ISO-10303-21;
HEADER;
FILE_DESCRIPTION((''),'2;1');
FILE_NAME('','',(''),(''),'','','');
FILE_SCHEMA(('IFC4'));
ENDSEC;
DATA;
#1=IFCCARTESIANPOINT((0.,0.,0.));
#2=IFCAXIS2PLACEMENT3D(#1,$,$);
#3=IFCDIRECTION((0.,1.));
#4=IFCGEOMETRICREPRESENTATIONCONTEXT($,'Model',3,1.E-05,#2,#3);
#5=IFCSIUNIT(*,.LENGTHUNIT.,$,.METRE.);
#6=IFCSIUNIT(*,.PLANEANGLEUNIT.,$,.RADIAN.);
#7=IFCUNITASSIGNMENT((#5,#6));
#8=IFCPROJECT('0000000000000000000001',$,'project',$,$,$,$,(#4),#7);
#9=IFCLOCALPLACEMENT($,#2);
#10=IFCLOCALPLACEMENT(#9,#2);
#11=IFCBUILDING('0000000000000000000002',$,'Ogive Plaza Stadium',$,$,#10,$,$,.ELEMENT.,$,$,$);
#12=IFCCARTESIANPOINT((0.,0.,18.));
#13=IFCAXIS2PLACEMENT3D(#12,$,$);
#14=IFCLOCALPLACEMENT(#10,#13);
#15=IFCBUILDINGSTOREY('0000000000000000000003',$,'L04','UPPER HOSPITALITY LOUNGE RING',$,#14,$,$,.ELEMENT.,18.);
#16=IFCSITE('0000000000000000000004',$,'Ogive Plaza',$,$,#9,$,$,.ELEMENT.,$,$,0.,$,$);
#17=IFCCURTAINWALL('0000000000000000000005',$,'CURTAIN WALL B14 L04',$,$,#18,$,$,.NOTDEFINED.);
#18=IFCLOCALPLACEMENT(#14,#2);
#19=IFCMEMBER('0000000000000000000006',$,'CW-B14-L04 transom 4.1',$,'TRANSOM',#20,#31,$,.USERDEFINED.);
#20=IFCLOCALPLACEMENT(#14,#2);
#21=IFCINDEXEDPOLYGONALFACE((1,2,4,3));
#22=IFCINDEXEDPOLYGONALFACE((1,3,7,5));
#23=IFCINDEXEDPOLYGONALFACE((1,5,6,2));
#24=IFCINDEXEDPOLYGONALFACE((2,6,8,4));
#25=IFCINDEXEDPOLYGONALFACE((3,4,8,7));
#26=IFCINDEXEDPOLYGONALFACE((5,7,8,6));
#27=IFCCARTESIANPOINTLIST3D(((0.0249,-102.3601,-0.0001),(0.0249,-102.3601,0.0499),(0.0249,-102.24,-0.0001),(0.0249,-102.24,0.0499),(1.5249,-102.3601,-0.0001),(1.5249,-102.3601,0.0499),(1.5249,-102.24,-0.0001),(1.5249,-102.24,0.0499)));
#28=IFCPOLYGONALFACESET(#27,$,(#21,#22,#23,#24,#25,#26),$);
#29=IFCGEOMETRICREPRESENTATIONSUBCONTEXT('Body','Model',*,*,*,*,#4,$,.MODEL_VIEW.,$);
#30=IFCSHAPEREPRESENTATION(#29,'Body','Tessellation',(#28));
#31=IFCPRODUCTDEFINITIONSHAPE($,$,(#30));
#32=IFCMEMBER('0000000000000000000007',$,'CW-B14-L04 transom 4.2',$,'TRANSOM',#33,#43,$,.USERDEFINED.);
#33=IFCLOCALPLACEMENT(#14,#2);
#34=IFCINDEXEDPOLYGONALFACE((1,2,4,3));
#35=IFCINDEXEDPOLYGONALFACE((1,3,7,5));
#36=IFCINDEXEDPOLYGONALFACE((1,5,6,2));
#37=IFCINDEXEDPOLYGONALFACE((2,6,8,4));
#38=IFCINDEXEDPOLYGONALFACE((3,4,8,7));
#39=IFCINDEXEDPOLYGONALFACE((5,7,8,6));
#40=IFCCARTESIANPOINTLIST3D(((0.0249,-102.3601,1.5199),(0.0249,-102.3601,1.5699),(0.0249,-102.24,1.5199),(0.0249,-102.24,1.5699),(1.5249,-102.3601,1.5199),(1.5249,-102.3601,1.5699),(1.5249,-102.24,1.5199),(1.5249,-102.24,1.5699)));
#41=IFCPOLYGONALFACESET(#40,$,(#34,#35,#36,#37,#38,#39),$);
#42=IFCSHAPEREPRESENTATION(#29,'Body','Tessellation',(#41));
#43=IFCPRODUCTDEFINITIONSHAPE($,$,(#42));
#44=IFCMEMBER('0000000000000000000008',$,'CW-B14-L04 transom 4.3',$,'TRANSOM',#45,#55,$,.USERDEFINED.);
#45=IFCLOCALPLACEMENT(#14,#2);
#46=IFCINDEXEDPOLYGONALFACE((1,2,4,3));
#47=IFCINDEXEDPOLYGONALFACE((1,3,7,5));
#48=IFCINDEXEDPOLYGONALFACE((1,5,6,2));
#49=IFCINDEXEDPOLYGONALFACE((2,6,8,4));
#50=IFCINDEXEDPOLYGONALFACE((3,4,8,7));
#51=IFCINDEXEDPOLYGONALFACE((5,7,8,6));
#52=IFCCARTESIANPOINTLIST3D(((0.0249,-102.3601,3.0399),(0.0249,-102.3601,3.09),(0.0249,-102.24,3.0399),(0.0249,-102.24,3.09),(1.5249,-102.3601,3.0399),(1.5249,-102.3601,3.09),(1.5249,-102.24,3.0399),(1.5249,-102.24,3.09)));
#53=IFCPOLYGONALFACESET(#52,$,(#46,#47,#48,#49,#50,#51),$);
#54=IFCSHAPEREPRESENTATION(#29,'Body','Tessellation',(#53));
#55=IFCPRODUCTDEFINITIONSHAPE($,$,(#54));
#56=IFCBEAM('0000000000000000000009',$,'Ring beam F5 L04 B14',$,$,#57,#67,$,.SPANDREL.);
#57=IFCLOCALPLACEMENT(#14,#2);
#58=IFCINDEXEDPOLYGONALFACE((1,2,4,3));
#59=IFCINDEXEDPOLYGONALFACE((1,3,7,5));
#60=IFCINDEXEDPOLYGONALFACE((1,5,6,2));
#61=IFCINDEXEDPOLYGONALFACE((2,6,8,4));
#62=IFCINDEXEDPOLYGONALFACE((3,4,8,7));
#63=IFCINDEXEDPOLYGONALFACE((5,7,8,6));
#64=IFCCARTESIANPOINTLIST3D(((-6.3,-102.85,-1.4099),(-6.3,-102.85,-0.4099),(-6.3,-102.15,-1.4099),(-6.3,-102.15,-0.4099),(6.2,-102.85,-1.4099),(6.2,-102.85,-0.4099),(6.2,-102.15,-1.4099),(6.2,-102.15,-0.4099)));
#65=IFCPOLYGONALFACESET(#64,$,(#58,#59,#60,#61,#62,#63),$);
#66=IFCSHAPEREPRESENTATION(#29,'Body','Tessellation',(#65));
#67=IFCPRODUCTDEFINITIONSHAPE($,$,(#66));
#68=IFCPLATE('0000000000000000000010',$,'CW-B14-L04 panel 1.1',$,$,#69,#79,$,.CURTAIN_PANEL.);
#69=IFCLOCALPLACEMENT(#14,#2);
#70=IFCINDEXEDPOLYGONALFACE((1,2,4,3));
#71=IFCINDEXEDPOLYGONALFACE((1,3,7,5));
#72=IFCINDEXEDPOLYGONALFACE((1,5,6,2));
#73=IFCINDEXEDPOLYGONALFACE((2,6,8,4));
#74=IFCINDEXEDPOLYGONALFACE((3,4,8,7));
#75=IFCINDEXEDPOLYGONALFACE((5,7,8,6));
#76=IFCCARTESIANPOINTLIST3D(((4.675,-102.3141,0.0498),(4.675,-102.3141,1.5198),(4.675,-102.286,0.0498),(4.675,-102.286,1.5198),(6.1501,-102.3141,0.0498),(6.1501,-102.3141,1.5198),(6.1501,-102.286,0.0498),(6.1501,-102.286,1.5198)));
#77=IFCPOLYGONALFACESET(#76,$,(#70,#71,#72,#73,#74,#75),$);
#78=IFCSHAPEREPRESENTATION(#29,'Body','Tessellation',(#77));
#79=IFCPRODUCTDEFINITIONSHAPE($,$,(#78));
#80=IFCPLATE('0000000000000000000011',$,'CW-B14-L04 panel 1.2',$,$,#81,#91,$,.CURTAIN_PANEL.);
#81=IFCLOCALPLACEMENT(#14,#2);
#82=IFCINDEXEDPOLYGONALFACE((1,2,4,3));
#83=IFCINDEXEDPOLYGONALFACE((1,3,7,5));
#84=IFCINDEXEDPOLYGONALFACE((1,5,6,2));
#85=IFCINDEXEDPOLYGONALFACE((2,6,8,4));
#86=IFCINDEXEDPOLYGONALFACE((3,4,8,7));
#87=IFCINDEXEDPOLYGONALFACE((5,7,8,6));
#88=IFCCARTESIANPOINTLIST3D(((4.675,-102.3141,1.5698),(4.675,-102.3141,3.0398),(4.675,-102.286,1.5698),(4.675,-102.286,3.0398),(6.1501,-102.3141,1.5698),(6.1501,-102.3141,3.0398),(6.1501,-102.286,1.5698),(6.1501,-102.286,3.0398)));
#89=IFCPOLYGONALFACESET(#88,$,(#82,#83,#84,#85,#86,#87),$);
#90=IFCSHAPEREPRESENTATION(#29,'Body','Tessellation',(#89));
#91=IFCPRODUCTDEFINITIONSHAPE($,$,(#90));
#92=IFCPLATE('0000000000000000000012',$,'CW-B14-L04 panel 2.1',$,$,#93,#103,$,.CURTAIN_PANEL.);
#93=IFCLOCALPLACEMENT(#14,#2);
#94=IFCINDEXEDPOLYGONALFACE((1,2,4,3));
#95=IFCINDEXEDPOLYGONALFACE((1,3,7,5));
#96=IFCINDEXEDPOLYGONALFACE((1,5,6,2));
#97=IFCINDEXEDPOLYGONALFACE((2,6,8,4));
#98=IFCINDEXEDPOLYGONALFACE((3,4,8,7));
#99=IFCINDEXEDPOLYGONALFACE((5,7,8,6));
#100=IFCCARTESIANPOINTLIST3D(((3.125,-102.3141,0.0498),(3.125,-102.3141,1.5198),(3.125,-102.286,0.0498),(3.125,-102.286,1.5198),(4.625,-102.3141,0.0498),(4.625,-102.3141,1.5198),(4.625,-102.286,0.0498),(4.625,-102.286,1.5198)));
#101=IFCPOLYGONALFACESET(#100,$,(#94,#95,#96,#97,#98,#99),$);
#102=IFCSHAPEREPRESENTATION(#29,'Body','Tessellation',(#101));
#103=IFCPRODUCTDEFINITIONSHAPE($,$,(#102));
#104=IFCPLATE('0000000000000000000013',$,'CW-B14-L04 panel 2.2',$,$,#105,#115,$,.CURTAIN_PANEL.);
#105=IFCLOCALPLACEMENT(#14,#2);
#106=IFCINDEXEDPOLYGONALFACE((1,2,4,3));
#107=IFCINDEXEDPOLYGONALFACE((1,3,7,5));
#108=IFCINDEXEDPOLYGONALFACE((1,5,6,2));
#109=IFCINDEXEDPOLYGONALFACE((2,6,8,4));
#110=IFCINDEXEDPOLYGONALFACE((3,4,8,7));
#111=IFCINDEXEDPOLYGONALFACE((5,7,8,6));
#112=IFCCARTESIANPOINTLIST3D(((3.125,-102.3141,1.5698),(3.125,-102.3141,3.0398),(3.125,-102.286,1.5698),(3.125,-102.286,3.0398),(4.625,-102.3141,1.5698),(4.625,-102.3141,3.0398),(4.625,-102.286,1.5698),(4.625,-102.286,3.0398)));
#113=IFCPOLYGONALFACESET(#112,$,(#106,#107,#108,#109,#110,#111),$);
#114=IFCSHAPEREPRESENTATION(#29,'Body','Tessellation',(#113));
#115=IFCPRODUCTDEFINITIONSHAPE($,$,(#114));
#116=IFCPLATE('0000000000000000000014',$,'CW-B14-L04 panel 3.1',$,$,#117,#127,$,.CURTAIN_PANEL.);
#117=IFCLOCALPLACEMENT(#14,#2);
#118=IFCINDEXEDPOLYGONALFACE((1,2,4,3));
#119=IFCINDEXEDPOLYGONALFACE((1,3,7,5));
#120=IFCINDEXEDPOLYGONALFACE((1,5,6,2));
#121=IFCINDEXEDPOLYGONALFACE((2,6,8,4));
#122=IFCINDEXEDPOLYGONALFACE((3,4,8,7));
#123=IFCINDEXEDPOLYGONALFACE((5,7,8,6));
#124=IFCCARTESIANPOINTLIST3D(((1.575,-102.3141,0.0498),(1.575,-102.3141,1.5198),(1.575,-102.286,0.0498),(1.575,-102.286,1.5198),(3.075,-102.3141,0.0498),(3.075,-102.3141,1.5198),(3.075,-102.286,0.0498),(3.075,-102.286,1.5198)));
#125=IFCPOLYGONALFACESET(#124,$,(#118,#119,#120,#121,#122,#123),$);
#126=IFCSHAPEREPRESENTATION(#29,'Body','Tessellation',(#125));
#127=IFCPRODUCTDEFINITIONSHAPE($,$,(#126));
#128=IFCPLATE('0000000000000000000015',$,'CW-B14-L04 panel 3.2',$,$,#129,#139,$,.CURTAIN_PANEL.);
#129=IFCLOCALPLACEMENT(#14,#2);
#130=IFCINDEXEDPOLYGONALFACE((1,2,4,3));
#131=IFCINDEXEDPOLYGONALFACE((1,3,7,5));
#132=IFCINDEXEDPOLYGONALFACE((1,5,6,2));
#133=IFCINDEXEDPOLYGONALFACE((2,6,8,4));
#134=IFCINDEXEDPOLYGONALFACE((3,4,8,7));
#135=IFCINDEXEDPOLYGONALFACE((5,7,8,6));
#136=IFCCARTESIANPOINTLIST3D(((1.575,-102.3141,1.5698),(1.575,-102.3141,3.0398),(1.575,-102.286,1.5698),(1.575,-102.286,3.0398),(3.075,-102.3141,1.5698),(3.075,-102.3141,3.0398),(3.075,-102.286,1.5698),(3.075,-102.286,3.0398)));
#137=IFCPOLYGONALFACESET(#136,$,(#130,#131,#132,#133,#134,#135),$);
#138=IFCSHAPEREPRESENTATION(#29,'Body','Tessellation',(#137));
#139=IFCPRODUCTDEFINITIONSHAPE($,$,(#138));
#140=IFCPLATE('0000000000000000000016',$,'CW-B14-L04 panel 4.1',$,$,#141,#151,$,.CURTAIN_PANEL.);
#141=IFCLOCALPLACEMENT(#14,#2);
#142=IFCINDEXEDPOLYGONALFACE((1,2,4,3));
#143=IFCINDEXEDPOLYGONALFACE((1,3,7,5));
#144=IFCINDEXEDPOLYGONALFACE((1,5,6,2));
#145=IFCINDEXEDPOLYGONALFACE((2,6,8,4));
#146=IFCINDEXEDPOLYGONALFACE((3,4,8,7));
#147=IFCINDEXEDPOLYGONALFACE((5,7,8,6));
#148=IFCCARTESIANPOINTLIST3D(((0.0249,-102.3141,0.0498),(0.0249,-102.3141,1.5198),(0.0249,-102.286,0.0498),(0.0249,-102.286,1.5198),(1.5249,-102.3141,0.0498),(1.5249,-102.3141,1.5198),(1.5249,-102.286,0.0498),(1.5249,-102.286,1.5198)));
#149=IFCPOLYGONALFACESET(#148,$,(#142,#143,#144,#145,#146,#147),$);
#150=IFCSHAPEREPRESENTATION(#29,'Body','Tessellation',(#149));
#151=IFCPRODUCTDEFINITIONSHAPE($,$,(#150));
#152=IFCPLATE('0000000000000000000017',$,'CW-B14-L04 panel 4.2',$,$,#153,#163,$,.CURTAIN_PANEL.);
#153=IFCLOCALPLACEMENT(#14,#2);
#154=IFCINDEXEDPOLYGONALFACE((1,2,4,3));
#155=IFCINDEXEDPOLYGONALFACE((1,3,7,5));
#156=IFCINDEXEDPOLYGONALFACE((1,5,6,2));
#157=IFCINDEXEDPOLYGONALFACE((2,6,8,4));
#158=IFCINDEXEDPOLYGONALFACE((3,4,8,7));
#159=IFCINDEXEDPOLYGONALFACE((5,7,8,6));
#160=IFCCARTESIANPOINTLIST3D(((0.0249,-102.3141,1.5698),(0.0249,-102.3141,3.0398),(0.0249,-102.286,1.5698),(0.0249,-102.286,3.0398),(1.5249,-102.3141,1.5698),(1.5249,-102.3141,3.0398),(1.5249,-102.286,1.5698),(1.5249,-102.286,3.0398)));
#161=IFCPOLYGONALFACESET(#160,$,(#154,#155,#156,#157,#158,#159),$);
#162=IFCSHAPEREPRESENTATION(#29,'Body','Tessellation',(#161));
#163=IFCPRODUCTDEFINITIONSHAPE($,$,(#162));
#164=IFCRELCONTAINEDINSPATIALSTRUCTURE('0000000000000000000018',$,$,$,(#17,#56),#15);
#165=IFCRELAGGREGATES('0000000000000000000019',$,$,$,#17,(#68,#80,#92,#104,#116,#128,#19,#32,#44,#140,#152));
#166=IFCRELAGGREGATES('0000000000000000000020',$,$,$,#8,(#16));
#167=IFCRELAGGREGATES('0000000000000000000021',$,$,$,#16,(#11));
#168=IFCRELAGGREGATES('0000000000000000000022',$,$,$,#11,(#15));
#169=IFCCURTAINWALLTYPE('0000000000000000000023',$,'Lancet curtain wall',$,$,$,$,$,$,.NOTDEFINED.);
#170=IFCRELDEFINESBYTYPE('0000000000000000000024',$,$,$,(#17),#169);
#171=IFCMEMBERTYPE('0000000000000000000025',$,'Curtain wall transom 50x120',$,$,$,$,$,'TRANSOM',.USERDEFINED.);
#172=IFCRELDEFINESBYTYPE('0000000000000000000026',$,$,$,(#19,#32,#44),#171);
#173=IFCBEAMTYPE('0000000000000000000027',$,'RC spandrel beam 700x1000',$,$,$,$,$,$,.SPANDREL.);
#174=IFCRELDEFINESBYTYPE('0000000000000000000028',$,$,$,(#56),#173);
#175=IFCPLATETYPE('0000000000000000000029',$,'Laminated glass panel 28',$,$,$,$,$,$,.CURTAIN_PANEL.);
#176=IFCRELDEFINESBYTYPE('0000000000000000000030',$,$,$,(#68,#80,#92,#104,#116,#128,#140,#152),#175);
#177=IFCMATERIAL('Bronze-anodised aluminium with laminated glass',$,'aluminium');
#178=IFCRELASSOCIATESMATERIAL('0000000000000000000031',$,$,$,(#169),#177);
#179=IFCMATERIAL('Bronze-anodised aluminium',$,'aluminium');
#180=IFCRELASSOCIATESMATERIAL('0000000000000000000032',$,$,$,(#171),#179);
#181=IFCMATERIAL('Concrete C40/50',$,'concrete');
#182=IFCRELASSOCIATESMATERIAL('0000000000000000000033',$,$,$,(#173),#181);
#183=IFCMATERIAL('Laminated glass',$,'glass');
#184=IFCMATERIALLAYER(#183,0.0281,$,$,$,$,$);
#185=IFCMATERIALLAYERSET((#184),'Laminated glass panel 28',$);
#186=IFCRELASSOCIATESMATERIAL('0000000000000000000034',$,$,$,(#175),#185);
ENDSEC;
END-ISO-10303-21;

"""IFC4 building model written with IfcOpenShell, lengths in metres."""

from ifc_helpers import new_model, si_unit, direction, frame, origin, origin_2d, place, context, subcontext, project, spatial, rectangle, extrude, material, layer, layer_set, material_profile, profile_set, type_object, element, aggregate, save


model = new_model("IFC4")

# Units and contexts
model_context = context("Model", 3, precision=1e-05, world=origin(), true_north=direction((0.0, 1.0)))
body_context = subcontext(model_context, "Body", "Model", "MODEL_VIEW")
ifc_project = project(units=[si_unit("LENGTHUNIT", "METRE"), si_unit("PLANEANGLEUNIT", "RADIAN")], contexts=[model_context])

# Site, building, storey
site_placement = place(None, origin())
site = spatial("IfcSite", under=ifc_project, at=site_placement, Name="Ogive Plaza", CompositionType="ELEMENT", RefElevation=0.0)
building_placement = place(site_placement, origin())
building = spatial("IfcBuilding", under=site, at=building_placement, Name="Ogive Plaza Stadium", CompositionType="ELEMENT")
storey_placement = place(building_placement, frame((0.0, 0.0, 18.0)))
storey = spatial("IfcBuildingStorey", under=building, at=storey_placement, Name="L04", Description="UPPER HOSPITALITY LOUNGE RING", CompositionType="ELEMENT", Elevation=18.0)

# Curtain wall, members
ifc_material_1 = material(Name="Bronze-anodised aluminium with laminated glass", Category="aluminium")
curtain_wall_type = type_object("IfcCurtainWallType", Name="Lancet curtain wall", PredefinedType="NOTDEFINED", material=ifc_material_1)
curtain_wall_placement = place(storey_placement, origin())
curtain_wall = element("IfcCurtainWall", 1, at=curtain_wall_placement, inside=storey, type_object=curtain_wall_type, Name="CURTAIN WALL B14 L04", PredefinedType="NOTDEFINED")
ifc_material_2 = material(Name="Bronze-anodised aluminium", Category="aluminium")
ifc_material_profile_1 = material_profile(ifc_material_2, rectangle(XDim=0.1201, YDim=0.05, at=origin_2d()), Name="AL 120x50")
ifc_profile_set_1 = profile_set([ifc_material_profile_1], Name="Bronze-anodised aluminium")
member_type_1 = type_object("IfcMemberType", Name="Curtain wall transom 50x120", ElementType="TRANSOM", PredefinedType="USERDEFINED", material=ifc_profile_set_1)
member_1_placement = place(storey_placement, frame((1.5249, -102.3, 0.0249), z_axis=(-1.0, 0.0, 0.0), x_axis=(0.0, -1.0, 0.0)))
member_1 = element("IfcMember", 2, at=member_1_placement, type_object=member_type_1, Name="CW-B14-L04 transom 4.1", ObjectType="TRANSOM", PredefinedType="USERDEFINED", context=body_context, shape_type="SweptSolid", body=[
    extrude(rectangle(XDim=0.1201, YDim=0.05, at=origin_2d()), origin(), (0.0, 0.0, 1.0), 1.5),
])
member_2_placement = place(storey_placement, frame((1.5249, -102.3, 1.5449), z_axis=(-1.0, 0.0, 0.0), x_axis=(0.0, -1.0, 0.0)))
member_2 = element("IfcMember", 3, at=member_2_placement, type_object=member_type_1, Name="CW-B14-L04 transom 4.2", ObjectType="TRANSOM", PredefinedType="USERDEFINED", context=body_context, shape_type="SweptSolid", body=[
    extrude(rectangle(XDim=0.1201, YDim=0.05, at=origin_2d()), origin(), (0.0, 0.0, 1.0), 1.5),
])
member_3_placement = place(storey_placement, frame((1.5249, -102.3, 3.0649), z_axis=(-1.0, 0.0, 0.0), x_axis=(0.0, -1.0, 0.0)))
member_3 = element("IfcMember", 4, at=member_3_placement, type_object=member_type_1, Name="CW-B14-L04 transom 4.3", ObjectType="TRANSOM", PredefinedType="USERDEFINED", context=body_context, shape_type="SweptSolid", body=[
    extrude(rectangle(XDim=0.1201, YDim=0.05, at=origin_2d()), origin(), (0.0, 0.0, 1.0), 1.5),
])

# Beam
ifc_material_3 = material(Name="Concrete C40/50", Category="concrete")
ifc_material_profile_2 = material_profile(ifc_material_3, rectangle(XDim=0.7, YDim=1.0, at=origin_2d()), Name="RC 700x1000")
ifc_profile_set_2 = profile_set([ifc_material_profile_2], Name="Concrete C40/50")
beam_type = type_object("IfcBeamType", Name="RC spandrel beam 700x1000", PredefinedType="SPANDREL", material=ifc_profile_set_2)
beam_placement = place(storey_placement, frame((6.2, -102.5, -0.9099), z_axis=(-1.0, 0.0, 0.0), x_axis=(0.0, -1.0, 0.0)))
element("IfcBeam", 5, at=beam_placement, inside=storey, type_object=beam_type, Name="Ring beam F5 L04 B14", PredefinedType="SPANDREL", context=body_context, shape_type="SweptSolid", body=[
    extrude(rectangle(XDim=0.7, YDim=1.0, at=origin_2d()), origin(), (0.0, 0.0, 1.0), 12.5),
])

# Plates
ifc_material_4 = material(Name="Laminated glass", Category="glass")
ifc_layer = layer(ifc_material_4, 0.0281)
ifc_layer_set = layer_set([ifc_layer], Name="Laminated glass panel 28")
plate_type = type_object("IfcPlateType", Name="Laminated glass panel 28", PredefinedType="CURTAIN_PANEL", material=ifc_layer_set)
plate_1_placement = place(storey_placement, frame((5.4126, -102.3, 0.0498), z_axis=(0.0, 0.0, 1.0), x_axis=(-1.0, 0.0, 0.0)))
plate_1 = element("IfcPlate", 6, at=plate_1_placement, type_object=plate_type, Name="CW-B14-L04 panel 1.1", PredefinedType="CURTAIN_PANEL", context=body_context, shape_type="SweptSolid", body=[
    extrude(rectangle(XDim=1.4751, YDim=0.0281, at=origin_2d()), origin(), (0.0, 0.0, 1.0), 1.47),
])
plate_2_placement = place(storey_placement, frame((5.4126, -102.3, 1.5698), z_axis=(0.0, 0.0, 1.0), x_axis=(-1.0, 0.0, 0.0)))
plate_2 = element("IfcPlate", 7, at=plate_2_placement, type_object=plate_type, Name="CW-B14-L04 panel 1.2", PredefinedType="CURTAIN_PANEL", context=body_context, shape_type="SweptSolid", body=[
    extrude(rectangle(XDim=1.4751, YDim=0.0281, at=origin_2d()), origin(), (0.0, 0.0, 1.0), 1.47),
])
plate_3_placement = place(storey_placement, frame((3.875, -102.3, 0.0498), z_axis=(0.0, 0.0, 1.0), x_axis=(-1.0, 0.0, 0.0)))
plate_3 = element("IfcPlate", 8, at=plate_3_placement, type_object=plate_type, Name="CW-B14-L04 panel 2.1", PredefinedType="CURTAIN_PANEL", context=body_context, shape_type="SweptSolid", body=[
    extrude(rectangle(XDim=1.5, YDim=0.0281, at=origin_2d()), origin(), (0.0, 0.0, 1.0), 1.47),
])
plate_4_placement = place(storey_placement, frame((3.875, -102.3, 1.5698), z_axis=(0.0, 0.0, 1.0), x_axis=(-1.0, 0.0, 0.0)))
plate_4 = element("IfcPlate", 9, at=plate_4_placement, type_object=plate_type, Name="CW-B14-L04 panel 2.2", PredefinedType="CURTAIN_PANEL", context=body_context, shape_type="SweptSolid", body=[
    extrude(rectangle(XDim=1.5, YDim=0.0281, at=origin_2d()), origin(), (0.0, 0.0, 1.0), 1.47),
])
plate_5_placement = place(storey_placement, frame((2.325, -102.3, 0.0498), z_axis=(0.0, 0.0, 1.0), x_axis=(-1.0, 0.0, 0.0)))
plate_5 = element("IfcPlate", 10, at=plate_5_placement, type_object=plate_type, Name="CW-B14-L04 panel 3.1", PredefinedType="CURTAIN_PANEL", context=body_context, shape_type="SweptSolid", body=[
    extrude(rectangle(XDim=1.5, YDim=0.0281, at=origin_2d()), origin(), (0.0, 0.0, 1.0), 1.47),
])
plate_6_placement = place(storey_placement, frame((2.325, -102.3, 1.5698), z_axis=(0.0, 0.0, 1.0), x_axis=(-1.0, 0.0, 0.0)))
plate_6 = element("IfcPlate", 11, at=plate_6_placement, type_object=plate_type, Name="CW-B14-L04 panel 3.2", PredefinedType="CURTAIN_PANEL", context=body_context, shape_type="SweptSolid", body=[
    extrude(rectangle(XDim=1.5, YDim=0.0281, at=origin_2d()), origin(), (0.0, 0.0, 1.0), 1.47),
])
plate_7_placement = place(storey_placement, frame((0.7749, -102.3, 0.0498), z_axis=(0.0, 0.0, 1.0), x_axis=(-1.0, 0.0, 0.0)))
plate_7 = element("IfcPlate", 12, at=plate_7_placement, type_object=plate_type, Name="CW-B14-L04 panel 4.1", PredefinedType="CURTAIN_PANEL", context=body_context, shape_type="SweptSolid", body=[
    extrude(rectangle(XDim=1.5, YDim=0.0281, at=origin_2d()), origin(), (0.0, 0.0, 1.0), 1.47),
])
plate_8_placement = place(storey_placement, frame((0.7749, -102.3, 1.5698), z_axis=(0.0, 0.0, 1.0), x_axis=(-1.0, 0.0, 0.0)))
plate_8 = element("IfcPlate", 13, at=plate_8_placement, type_object=plate_type, Name="CW-B14-L04 panel 4.2", PredefinedType="CURTAIN_PANEL", context=body_context, shape_type="SweptSolid", body=[
    extrude(rectangle(XDim=1.5, YDim=0.0281, at=origin_2d()), origin(), (0.0, 0.0, 1.0), 1.47),
])
aggregate(curtain_wall, [plate_1, plate_2, plate_3, plate_4, plate_5, plate_6, member_1, member_2, member_3, plate_7, plate_8])

save(model, "model.ifc")
